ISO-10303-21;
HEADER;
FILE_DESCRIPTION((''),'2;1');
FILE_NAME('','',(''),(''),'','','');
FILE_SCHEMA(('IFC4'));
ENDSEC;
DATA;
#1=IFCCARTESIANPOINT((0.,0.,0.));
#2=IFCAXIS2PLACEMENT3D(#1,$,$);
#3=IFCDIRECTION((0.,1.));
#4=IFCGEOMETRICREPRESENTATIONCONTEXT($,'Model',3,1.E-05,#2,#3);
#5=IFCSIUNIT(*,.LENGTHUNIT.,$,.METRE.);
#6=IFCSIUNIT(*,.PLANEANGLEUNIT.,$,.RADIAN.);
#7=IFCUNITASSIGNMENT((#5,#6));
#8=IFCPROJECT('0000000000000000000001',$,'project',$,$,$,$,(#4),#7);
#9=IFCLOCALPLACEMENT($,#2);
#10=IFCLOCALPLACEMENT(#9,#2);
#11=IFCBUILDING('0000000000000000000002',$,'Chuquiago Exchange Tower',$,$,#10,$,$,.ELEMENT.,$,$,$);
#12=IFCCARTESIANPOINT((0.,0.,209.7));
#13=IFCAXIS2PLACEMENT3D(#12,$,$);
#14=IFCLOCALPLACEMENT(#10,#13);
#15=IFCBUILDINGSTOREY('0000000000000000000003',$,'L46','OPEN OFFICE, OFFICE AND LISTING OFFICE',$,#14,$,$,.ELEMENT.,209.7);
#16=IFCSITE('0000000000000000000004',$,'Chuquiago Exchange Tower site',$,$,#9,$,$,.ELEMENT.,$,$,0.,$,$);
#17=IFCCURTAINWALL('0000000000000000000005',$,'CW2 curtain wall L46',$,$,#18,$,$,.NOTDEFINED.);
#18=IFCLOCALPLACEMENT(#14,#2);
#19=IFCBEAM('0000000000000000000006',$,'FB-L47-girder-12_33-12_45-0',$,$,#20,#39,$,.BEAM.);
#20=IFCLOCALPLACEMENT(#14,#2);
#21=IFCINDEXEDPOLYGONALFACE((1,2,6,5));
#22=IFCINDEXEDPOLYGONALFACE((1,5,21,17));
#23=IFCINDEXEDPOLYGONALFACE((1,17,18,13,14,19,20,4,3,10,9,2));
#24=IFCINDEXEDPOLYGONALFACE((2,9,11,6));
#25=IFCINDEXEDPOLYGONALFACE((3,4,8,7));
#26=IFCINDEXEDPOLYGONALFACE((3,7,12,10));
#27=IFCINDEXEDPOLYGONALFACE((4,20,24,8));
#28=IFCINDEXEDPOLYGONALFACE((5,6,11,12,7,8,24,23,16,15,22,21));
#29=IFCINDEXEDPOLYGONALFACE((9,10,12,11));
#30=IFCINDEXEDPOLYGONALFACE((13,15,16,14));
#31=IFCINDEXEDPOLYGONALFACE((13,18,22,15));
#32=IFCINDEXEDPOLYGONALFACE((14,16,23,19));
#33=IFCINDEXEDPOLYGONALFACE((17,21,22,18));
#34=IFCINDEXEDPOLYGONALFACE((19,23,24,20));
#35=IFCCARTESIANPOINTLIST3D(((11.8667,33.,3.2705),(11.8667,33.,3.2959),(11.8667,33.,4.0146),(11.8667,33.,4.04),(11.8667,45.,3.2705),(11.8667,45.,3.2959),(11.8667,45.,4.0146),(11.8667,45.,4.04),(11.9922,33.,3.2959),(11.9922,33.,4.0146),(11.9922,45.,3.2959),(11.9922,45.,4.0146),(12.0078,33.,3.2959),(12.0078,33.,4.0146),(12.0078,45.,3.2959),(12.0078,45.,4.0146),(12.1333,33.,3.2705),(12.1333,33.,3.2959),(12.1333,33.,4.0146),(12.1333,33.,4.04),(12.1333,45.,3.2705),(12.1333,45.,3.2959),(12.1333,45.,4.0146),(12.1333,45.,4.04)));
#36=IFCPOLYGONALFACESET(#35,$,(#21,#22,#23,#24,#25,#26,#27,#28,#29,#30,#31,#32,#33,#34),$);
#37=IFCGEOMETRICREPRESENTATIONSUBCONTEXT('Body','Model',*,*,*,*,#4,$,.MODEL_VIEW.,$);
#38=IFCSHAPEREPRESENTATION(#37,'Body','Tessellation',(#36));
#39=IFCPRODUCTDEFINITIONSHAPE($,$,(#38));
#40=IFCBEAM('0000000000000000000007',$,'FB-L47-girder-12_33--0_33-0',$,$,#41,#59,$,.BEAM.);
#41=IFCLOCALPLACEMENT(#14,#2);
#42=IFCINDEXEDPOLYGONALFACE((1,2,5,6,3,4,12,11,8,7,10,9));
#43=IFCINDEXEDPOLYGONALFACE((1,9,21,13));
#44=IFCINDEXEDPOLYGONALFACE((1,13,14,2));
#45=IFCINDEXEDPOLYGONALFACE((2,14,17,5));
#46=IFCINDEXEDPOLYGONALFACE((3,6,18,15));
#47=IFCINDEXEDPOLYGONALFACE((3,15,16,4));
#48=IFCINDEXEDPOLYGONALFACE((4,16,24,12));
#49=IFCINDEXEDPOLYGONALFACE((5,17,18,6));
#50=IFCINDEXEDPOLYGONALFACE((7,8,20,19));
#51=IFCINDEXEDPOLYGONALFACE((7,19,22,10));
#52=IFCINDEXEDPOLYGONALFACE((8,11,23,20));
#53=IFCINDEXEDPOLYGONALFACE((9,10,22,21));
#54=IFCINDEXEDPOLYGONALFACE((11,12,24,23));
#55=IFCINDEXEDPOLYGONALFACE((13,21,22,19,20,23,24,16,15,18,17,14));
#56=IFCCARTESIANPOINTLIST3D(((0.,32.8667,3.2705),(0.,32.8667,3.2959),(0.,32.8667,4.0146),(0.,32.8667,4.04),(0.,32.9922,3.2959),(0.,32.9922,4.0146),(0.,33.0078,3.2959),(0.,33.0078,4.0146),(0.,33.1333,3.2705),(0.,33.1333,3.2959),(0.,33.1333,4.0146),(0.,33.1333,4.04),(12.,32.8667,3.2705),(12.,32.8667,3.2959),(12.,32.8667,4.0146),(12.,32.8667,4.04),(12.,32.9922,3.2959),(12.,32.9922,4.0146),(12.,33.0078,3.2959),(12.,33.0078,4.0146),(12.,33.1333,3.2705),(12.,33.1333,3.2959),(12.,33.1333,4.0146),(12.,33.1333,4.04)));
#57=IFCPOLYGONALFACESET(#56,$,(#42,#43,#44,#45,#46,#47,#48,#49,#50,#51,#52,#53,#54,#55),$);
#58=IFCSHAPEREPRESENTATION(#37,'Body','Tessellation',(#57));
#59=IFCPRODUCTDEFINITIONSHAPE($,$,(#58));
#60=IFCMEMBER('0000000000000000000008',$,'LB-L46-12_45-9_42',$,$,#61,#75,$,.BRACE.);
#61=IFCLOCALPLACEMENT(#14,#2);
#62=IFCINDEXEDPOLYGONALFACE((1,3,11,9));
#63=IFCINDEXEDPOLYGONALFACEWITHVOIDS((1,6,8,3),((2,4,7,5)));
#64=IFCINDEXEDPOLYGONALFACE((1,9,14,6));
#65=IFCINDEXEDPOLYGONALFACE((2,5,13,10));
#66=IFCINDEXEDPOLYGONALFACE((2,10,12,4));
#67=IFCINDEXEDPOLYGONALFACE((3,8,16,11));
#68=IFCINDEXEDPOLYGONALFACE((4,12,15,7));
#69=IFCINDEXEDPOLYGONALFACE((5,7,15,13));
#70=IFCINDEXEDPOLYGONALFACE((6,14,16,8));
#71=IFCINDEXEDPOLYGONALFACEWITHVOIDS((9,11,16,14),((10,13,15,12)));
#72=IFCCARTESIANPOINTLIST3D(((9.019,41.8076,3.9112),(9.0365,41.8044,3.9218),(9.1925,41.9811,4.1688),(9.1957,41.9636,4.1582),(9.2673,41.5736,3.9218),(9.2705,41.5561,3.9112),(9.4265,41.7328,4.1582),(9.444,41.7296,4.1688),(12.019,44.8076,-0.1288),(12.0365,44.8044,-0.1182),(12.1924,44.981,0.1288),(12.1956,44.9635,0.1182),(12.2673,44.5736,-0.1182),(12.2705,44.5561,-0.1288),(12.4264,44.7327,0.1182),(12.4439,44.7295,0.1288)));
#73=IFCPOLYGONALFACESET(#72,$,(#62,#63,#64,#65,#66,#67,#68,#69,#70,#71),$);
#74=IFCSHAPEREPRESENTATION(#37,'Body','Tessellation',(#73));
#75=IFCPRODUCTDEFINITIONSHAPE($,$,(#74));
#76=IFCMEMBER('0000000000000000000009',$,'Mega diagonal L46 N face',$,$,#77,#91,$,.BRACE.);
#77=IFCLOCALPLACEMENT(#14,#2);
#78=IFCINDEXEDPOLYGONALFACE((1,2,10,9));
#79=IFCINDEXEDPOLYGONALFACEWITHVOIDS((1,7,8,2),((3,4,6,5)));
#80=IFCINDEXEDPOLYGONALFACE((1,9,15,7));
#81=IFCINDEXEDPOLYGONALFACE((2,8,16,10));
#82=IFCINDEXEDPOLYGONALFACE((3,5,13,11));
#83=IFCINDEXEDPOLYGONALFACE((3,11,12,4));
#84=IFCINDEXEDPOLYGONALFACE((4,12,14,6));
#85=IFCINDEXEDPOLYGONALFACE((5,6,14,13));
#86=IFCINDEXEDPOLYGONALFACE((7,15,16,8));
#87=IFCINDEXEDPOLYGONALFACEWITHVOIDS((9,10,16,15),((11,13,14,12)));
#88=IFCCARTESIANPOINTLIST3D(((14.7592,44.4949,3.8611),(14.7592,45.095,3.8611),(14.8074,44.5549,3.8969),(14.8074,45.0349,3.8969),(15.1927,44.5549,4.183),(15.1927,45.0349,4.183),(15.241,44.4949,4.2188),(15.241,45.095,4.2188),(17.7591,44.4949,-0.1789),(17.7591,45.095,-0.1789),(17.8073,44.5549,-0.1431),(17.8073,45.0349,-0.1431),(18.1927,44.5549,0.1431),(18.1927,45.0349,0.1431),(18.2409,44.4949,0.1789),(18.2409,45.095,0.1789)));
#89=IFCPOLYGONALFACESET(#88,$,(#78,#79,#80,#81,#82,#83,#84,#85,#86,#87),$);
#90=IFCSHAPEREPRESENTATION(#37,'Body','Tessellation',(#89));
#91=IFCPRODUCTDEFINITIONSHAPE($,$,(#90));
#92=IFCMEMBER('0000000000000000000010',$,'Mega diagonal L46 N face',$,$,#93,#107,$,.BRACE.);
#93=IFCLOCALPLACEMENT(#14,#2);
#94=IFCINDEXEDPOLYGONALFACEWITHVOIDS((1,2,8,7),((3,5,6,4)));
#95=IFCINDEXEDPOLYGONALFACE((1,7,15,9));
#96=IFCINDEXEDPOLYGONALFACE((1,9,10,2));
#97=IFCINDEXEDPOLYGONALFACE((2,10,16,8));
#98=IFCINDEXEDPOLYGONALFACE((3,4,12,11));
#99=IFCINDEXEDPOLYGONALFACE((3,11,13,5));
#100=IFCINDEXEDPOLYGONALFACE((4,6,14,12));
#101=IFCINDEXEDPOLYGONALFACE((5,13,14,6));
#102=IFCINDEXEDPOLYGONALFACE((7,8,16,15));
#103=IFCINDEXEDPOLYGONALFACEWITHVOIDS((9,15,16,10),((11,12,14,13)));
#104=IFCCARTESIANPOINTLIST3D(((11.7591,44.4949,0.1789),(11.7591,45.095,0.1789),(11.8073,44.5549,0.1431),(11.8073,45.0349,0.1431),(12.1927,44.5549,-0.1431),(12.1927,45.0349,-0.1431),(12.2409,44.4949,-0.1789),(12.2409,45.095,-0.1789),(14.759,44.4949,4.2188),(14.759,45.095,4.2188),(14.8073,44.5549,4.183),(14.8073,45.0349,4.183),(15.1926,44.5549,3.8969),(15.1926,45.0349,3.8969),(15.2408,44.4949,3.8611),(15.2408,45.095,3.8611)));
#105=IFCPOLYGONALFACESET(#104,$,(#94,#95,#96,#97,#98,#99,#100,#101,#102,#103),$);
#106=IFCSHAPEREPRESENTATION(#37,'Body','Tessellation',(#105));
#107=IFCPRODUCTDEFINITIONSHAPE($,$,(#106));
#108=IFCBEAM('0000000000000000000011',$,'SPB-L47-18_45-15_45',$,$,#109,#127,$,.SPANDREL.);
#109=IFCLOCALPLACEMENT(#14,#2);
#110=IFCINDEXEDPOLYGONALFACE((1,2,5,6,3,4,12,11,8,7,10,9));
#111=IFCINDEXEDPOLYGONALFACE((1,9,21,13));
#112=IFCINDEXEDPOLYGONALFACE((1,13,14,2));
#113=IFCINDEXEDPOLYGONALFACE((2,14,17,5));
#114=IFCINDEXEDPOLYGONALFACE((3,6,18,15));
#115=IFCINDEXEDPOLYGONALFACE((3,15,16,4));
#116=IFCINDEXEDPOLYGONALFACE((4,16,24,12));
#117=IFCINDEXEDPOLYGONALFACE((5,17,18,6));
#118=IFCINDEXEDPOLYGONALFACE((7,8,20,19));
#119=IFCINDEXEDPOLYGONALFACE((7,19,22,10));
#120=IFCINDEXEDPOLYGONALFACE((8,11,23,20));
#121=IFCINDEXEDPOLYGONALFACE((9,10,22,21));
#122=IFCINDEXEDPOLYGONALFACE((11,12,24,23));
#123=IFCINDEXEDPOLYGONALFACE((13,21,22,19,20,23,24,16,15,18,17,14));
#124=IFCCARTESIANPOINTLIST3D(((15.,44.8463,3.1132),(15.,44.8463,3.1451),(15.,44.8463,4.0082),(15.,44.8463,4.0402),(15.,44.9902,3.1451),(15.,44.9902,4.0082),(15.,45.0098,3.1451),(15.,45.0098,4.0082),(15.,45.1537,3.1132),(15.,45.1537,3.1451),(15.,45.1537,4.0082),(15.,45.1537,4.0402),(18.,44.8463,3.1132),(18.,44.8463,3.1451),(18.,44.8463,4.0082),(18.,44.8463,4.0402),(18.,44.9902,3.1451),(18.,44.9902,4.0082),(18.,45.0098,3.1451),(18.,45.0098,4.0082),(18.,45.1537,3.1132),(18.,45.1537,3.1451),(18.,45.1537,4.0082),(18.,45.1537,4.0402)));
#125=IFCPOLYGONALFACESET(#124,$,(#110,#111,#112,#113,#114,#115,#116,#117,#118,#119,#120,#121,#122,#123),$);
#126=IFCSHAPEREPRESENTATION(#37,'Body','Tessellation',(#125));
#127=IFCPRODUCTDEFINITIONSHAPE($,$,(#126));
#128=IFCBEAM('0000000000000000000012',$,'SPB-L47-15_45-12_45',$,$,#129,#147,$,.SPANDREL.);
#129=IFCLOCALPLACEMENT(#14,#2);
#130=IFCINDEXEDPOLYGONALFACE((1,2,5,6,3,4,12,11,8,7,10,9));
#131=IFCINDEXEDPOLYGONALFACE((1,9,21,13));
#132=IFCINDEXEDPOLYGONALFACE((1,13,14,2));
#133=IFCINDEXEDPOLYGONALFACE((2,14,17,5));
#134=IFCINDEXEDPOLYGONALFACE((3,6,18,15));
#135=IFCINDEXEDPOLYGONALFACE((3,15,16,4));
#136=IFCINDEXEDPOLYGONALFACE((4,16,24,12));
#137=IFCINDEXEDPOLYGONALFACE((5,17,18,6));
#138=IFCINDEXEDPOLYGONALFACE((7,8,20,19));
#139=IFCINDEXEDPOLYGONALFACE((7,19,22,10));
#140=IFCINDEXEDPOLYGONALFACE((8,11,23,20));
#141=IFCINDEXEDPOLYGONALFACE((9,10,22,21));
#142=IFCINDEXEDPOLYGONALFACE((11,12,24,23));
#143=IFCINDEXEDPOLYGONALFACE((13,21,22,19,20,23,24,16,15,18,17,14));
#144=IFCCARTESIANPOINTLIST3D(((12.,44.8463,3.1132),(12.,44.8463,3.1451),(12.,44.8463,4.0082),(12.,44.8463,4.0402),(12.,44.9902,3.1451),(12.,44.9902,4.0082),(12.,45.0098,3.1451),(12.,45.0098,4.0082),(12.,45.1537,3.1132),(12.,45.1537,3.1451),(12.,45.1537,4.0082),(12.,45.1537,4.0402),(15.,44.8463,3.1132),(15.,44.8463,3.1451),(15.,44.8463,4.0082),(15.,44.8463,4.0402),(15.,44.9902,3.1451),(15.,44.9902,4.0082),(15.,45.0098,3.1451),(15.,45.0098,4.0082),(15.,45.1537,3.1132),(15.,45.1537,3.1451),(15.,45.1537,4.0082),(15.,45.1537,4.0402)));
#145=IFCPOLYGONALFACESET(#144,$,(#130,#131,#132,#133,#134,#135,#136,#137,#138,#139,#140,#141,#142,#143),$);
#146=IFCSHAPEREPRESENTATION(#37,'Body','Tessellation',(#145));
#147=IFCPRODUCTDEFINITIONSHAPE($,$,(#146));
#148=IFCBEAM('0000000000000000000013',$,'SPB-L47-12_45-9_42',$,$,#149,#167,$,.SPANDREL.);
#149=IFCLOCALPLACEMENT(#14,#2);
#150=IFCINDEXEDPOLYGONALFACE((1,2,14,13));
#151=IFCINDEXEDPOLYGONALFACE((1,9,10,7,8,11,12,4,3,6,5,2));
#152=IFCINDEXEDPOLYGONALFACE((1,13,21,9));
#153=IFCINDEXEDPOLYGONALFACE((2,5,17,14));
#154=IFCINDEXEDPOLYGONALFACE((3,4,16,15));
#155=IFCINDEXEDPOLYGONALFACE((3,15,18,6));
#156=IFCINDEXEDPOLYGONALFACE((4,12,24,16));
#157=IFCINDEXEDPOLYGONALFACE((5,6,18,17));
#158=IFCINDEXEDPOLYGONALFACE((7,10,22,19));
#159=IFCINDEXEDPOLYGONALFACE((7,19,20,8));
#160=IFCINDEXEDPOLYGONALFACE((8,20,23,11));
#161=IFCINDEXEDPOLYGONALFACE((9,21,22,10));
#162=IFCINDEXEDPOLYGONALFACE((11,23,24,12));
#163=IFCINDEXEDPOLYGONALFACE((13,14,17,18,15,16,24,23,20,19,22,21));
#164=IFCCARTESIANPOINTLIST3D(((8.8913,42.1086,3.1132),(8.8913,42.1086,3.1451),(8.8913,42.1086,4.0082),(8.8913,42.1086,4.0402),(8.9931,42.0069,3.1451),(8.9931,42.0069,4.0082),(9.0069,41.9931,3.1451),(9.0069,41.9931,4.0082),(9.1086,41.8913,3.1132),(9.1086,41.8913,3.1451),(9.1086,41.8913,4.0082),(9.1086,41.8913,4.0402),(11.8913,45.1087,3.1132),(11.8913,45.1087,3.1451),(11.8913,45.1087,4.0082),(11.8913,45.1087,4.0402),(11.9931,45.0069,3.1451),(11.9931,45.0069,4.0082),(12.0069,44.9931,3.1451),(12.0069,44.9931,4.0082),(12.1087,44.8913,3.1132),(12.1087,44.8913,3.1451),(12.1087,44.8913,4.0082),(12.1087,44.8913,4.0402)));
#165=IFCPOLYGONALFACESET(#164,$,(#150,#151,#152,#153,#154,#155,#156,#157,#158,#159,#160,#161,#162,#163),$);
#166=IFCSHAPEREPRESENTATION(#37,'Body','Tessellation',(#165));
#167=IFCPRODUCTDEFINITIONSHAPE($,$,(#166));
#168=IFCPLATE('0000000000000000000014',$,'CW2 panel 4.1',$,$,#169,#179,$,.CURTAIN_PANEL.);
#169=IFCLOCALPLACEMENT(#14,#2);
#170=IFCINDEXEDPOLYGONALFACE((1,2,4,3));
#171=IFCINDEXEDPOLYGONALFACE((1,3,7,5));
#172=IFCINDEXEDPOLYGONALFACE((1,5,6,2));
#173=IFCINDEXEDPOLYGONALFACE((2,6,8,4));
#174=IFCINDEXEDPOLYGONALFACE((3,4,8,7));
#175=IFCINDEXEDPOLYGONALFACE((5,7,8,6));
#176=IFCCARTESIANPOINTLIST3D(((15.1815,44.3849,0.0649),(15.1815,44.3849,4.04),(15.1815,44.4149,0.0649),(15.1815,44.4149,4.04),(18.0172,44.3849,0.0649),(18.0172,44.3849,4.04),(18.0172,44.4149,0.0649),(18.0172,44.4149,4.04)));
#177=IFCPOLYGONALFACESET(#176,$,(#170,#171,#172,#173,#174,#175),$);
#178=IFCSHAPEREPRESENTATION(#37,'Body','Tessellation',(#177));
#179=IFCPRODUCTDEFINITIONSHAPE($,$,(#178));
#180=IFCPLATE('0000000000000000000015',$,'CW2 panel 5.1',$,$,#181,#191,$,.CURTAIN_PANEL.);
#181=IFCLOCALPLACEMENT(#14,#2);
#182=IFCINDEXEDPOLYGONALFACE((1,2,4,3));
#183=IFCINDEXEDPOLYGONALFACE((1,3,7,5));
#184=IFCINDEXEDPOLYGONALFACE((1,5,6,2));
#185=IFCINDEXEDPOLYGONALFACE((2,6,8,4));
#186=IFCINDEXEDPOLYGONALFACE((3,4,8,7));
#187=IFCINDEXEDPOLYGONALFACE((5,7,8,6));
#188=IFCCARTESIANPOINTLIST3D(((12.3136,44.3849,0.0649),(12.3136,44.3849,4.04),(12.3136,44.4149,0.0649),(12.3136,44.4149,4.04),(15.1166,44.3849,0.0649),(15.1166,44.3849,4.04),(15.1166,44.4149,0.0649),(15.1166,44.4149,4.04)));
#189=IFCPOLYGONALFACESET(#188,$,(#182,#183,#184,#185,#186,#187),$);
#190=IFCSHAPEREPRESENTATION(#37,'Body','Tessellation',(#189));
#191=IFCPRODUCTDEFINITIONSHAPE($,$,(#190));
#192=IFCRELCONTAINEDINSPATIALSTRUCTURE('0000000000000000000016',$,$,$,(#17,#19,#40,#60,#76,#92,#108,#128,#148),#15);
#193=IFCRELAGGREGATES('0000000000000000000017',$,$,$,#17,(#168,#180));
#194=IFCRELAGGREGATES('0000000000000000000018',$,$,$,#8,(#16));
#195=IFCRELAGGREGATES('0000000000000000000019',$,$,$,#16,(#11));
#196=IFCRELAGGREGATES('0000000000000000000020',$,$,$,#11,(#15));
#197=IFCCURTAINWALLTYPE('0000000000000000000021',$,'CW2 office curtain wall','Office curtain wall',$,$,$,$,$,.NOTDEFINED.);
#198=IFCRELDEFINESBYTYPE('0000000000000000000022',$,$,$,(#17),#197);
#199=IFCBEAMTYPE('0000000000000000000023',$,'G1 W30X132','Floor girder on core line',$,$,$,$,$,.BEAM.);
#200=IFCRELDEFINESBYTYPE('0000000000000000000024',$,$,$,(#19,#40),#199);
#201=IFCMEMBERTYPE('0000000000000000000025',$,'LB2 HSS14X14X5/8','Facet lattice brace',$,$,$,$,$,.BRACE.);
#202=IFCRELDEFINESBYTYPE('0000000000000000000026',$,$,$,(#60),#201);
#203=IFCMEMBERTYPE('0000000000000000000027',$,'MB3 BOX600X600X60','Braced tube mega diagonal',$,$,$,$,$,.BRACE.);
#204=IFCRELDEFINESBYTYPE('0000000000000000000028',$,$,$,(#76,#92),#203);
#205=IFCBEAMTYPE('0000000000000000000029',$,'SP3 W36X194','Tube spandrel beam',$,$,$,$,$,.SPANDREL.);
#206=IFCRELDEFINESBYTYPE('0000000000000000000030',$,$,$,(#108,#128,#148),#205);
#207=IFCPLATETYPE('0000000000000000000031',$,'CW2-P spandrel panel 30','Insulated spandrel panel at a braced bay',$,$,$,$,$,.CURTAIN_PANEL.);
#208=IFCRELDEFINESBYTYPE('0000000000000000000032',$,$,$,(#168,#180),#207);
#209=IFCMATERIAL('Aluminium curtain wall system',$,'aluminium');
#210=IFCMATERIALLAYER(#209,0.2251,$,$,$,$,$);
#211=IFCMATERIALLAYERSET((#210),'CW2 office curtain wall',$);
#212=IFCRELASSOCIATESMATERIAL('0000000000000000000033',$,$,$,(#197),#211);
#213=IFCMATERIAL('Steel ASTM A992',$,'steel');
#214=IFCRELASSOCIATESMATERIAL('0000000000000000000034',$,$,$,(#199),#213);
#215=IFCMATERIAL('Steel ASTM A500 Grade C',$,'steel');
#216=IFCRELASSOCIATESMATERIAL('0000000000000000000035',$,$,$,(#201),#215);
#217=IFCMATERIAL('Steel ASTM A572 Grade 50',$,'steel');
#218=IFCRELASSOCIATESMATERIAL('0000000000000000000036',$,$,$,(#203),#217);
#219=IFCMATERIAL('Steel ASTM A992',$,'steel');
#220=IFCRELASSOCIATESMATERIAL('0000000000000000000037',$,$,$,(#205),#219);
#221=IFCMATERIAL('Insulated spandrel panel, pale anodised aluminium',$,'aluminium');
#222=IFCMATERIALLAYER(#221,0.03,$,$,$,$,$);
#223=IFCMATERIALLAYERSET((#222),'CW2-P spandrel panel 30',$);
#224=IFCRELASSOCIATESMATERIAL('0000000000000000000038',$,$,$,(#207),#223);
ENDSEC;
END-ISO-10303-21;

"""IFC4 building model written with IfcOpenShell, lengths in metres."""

from ifc_helpers import new_model, si_unit, direction, frame, origin, origin_2d, place, context, subcontext, project, spatial, rectangle, hollow_rectangle, i_section, extrude, material, layer, layer_set, material_profile, profile_set, type_object, element, aggregate, save


model = new_model("IFC4")

# Units and contexts
model_context = context("Model", 3, precision=1e-05, world=origin(), true_north=direction((0.0, 1.0)))
body_context = subcontext(model_context, "Body", "Model", "MODEL_VIEW")
ifc_project = project(units=[si_unit("LENGTHUNIT", "METRE"), si_unit("PLANEANGLEUNIT", "RADIAN")], contexts=[model_context])

# Site, building, storey
site_placement = place(None, origin())
site = spatial("IfcSite", under=ifc_project, at=site_placement, Name="Chuquiago Exchange Tower site", CompositionType="ELEMENT", RefElevation=0.0)
building_placement = place(site_placement, origin())
building = spatial("IfcBuilding", under=site, at=building_placement, Name="Chuquiago Exchange Tower", CompositionType="ELEMENT")
storey_placement = place(building_placement, frame((0.0, 0.0, 209.7)))
storey = spatial("IfcBuildingStorey", under=building, at=storey_placement, Name="L46", Description="OPEN OFFICE, OFFICE AND LISTING OFFICE", CompositionType="ELEMENT", Elevation=209.7)

# Curtain wall
ifc_material_1 = material(Name="Aluminium curtain wall system", Category="aluminium")
ifc_layer_1 = layer(ifc_material_1, 0.2251)
ifc_layer_set_1 = layer_set([ifc_layer_1], Name="CW2 office curtain wall")
curtain_wall_type_1 = type_object("IfcCurtainWallType", Name="CW2 office curtain wall", Description="Office curtain wall", PredefinedType="NOTDEFINED", material=ifc_layer_set_1)
curtain_wall_1_placement = place(storey_placement, origin())
curtain_wall_1 = element("IfcCurtainWall", 1, at=curtain_wall_1_placement, inside=storey, type_object=curtain_wall_type_1, Name="CW2 curtain wall L46", PredefinedType="NOTDEFINED")

# Beams
ifc_material_2 = material(Name="Steel ASTM A992", Category="steel")
ifc_material_profile_1 = material_profile(ifc_material_2, i_section(OverallWidth=0.2666, OverallDepth=0.7695, WebThickness=0.0156, FlangeThickness=0.0254, at=origin_2d()), Name="W30X132")
ifc_profile_set_1 = profile_set([ifc_material_profile_1], Name="Steel ASTM A992")
beam_type_1 = type_object("IfcBeamType", Name="G1 W30X132", Description="Floor girder on core line", PredefinedType="BEAM", material=ifc_profile_set_1)
for number, where, z_axis, x_axis, name in (
    (2, (12.0, 33.0, 3.6553), (0.0, 1.0, 0.0), (-1.0, 0.0, 0.0), "FB-L47-girder-12_33-12_45-0"),
    (3, (12.0, 33.0, 3.6553), (-1.0, 0.0, 0.0), (0.0, -1.0, 0.0), "FB-L47-girder-12_33--0_33-0"),
):
    element("IfcBeam", number, at=place(storey_placement, frame(where, z_axis=z_axis, x_axis=x_axis)), inside=storey, type_object=beam_type_1, Name=name, PredefinedType="BEAM", context=body_context, shape_type="SweptSolid", body=[
        extrude(i_section(OverallWidth=0.2666, OverallDepth=0.7695, WebThickness=0.0156, FlangeThickness=0.0254, at=origin_2d()), origin(), (0.0, 0.0, 1.0), 12.0),
    ])

# Members
ifc_material_3 = material(Name="Steel ASTM A500 Grade C", Category="steel")
ifc_material_profile_2 = material_profile(ifc_material_3, hollow_rectangle(XDim=0.3557, YDim=0.3557, WallThickness=0.0146, at=origin_2d()), Name="HSS14X14X5/8")
ifc_profile_set_2 = profile_set([ifc_material_profile_2], Name="Steel ASTM A500 Grade C")
member_type_1 = type_object("IfcMemberType", Name="LB2 HSS14X14X5/8", Description="Facet lattice brace", PredefinedType="BRACE", material=ifc_profile_set_2)
member_1_placement = place(storey_placement, frame((12.2314, 44.7686, 0.0), z_axis=(-0.512077, -0.512077, 0.689604), x_axis=(0.707107, -0.707107, 0.0)))
element("IfcMember", 4, at=member_1_placement, inside=storey, type_object=member_type_1, Name="LB-L46-12_45-9_42", PredefinedType="BRACE", context=body_context, shape_type="SweptSolid", body=[
    extrude(hollow_rectangle(XDim=0.3557, YDim=0.3557, WallThickness=0.0146, at=origin_2d()), origin(), (0.0, 0.0, 1.0), 5.8584),
])
ifc_material_4 = material(Name="Steel ASTM A572 Grade 50", Category="steel")
ifc_material_profile_3 = material_profile(ifc_material_4, hollow_rectangle(XDim=0.6001, YDim=0.6001, WallThickness=0.0601, at=origin_2d()), Name="BOX600X600X60")
ifc_profile_set_3 = profile_set([ifc_material_profile_3], Name="Steel ASTM A572 Grade 50")
member_type_2 = type_object("IfcMemberType", Name="MB3 BOX600X600X60", Description="Braced tube mega diagonal", PredefinedType="BRACE", material=ifc_profile_set_3)
for number, where, z_axis, x_axis, name in (
    (5, (18.0, 44.7949, 0.0), (-0.596174, 0.0, 0.802855), (0.0, -1.0, 0.0), "Mega diagonal L46 N face"),
    (6, (12.0, 44.7949, 0.0), (0.596174, 0.0, 0.802855), (0.0, 1.0, 0.0), "Mega diagonal L46 N face"),
):
    element("IfcMember", number, at=place(storey_placement, frame(where, z_axis=z_axis, x_axis=x_axis)), inside=storey, type_object=member_type_2, Name=name, PredefinedType="BRACE", context=body_context, shape_type="SweptSolid", body=[
        extrude(hollow_rectangle(XDim=0.6001, YDim=0.6001, WallThickness=0.0601, at=origin_2d()), origin(), (0.0, 0.0, 1.0), 5.032),
    ])

# Beams
ifc_material_5 = material(Name="Steel ASTM A992", Category="steel")
ifc_material_profile_4 = material_profile(ifc_material_5, i_section(OverallWidth=0.3074, OverallDepth=0.927, WebThickness=0.0195, FlangeThickness=0.032, at=origin_2d()), Name="W36X194")
ifc_profile_set_4 = profile_set([ifc_material_profile_4], Name="Steel ASTM A992")
beam_type_2 = type_object("IfcBeamType", Name="SP3 W36X194", Description="Tube spandrel beam", PredefinedType="SPANDREL", material=ifc_profile_set_4)
for number, where, z_axis, x_axis, name in (
    (7, (18.0, 45.0, 3.5767), (-1.0, 0.0, 0.0), (0.0, -1.0, 0.0), "SPB-L47-18_45-15_45"),
    (8, (15.0, 45.0, 3.5767), (-1.0, 0.0, 0.0), (0.0, -1.0, 0.0), "SPB-L47-15_45-12_45"),
):
    element("IfcBeam", number, at=place(storey_placement, frame(where, z_axis=z_axis, x_axis=x_axis)), inside=storey, type_object=beam_type_2, Name=name, PredefinedType="SPANDREL", context=body_context, shape_type="SweptSolid", body=[
        extrude(i_section(OverallWidth=0.3074, OverallDepth=0.927, WebThickness=0.0195, FlangeThickness=0.032, at=origin_2d()), origin(), (0.0, 0.0, 1.0), 3.0),
    ])
beam_1_placement = place(storey_placement, frame((12.0, 45.0, 3.5767), z_axis=(-0.707107, -0.707107, 0.0), x_axis=(0.707107, -0.707107, 0.0)))
element("IfcBeam", 9, at=beam_1_placement, inside=storey, type_object=beam_type_2, Name="SPB-L47-12_45-9_42", PredefinedType="SPANDREL", context=body_context, shape_type="SweptSolid", body=[
    extrude(i_section(OverallWidth=0.3074, OverallDepth=0.927, WebThickness=0.0195, FlangeThickness=0.032, at=origin_2d()), origin(), (0.0, 0.0, 1.0), 4.2427),
])

# Plates
ifc_material_6 = material(Name="Insulated spandrel panel, pale anodised aluminium", Category="aluminium")
ifc_layer_2 = layer(ifc_material_6, 0.03)
ifc_layer_set_2 = layer_set([ifc_layer_2], Name="CW2-P spandrel panel 30")
plate_type = type_object("IfcPlateType", Name="CW2-P spandrel panel 30", Description="Insulated spandrel panel at a braced bay", PredefinedType="CURTAIN_PANEL", material=ifc_layer_set_2)
plate_1_placement = place(storey_placement, frame((16.5994, 44.3999, 0.0649), z_axis=(0.0, 0.0, 1.0), x_axis=(-1.0, 0.0, 0.0)))
plate_1 = element("IfcPlate", 10, at=plate_1_placement, type_object=plate_type, Name="CW2 panel 4.1", PredefinedType="CURTAIN_PANEL", context=body_context, shape_type="SweptSolid", body=[
    extrude(rectangle(XDim=2.8357, YDim=0.03, at=origin_2d()), origin(), (0.0, 0.0, 1.0), 3.9751),
])
plate_2_placement = place(storey_placement, frame((13.7151, 44.3999, 0.0649), z_axis=(0.0, 0.0, 1.0), x_axis=(-1.0, 0.0, 0.0)))
plate_2 = element("IfcPlate", 11, at=plate_2_placement, type_object=plate_type, Name="CW2 panel 5.1", PredefinedType="CURTAIN_PANEL", context=body_context, shape_type="SweptSolid", body=[
    extrude(rectangle(XDim=2.803, YDim=0.03, at=origin_2d()), origin(), (0.0, 0.0, 1.0), 3.9751),
])
aggregate(curtain_wall_1, [plate_1, plate_2])

save(model, "model.ifc")
